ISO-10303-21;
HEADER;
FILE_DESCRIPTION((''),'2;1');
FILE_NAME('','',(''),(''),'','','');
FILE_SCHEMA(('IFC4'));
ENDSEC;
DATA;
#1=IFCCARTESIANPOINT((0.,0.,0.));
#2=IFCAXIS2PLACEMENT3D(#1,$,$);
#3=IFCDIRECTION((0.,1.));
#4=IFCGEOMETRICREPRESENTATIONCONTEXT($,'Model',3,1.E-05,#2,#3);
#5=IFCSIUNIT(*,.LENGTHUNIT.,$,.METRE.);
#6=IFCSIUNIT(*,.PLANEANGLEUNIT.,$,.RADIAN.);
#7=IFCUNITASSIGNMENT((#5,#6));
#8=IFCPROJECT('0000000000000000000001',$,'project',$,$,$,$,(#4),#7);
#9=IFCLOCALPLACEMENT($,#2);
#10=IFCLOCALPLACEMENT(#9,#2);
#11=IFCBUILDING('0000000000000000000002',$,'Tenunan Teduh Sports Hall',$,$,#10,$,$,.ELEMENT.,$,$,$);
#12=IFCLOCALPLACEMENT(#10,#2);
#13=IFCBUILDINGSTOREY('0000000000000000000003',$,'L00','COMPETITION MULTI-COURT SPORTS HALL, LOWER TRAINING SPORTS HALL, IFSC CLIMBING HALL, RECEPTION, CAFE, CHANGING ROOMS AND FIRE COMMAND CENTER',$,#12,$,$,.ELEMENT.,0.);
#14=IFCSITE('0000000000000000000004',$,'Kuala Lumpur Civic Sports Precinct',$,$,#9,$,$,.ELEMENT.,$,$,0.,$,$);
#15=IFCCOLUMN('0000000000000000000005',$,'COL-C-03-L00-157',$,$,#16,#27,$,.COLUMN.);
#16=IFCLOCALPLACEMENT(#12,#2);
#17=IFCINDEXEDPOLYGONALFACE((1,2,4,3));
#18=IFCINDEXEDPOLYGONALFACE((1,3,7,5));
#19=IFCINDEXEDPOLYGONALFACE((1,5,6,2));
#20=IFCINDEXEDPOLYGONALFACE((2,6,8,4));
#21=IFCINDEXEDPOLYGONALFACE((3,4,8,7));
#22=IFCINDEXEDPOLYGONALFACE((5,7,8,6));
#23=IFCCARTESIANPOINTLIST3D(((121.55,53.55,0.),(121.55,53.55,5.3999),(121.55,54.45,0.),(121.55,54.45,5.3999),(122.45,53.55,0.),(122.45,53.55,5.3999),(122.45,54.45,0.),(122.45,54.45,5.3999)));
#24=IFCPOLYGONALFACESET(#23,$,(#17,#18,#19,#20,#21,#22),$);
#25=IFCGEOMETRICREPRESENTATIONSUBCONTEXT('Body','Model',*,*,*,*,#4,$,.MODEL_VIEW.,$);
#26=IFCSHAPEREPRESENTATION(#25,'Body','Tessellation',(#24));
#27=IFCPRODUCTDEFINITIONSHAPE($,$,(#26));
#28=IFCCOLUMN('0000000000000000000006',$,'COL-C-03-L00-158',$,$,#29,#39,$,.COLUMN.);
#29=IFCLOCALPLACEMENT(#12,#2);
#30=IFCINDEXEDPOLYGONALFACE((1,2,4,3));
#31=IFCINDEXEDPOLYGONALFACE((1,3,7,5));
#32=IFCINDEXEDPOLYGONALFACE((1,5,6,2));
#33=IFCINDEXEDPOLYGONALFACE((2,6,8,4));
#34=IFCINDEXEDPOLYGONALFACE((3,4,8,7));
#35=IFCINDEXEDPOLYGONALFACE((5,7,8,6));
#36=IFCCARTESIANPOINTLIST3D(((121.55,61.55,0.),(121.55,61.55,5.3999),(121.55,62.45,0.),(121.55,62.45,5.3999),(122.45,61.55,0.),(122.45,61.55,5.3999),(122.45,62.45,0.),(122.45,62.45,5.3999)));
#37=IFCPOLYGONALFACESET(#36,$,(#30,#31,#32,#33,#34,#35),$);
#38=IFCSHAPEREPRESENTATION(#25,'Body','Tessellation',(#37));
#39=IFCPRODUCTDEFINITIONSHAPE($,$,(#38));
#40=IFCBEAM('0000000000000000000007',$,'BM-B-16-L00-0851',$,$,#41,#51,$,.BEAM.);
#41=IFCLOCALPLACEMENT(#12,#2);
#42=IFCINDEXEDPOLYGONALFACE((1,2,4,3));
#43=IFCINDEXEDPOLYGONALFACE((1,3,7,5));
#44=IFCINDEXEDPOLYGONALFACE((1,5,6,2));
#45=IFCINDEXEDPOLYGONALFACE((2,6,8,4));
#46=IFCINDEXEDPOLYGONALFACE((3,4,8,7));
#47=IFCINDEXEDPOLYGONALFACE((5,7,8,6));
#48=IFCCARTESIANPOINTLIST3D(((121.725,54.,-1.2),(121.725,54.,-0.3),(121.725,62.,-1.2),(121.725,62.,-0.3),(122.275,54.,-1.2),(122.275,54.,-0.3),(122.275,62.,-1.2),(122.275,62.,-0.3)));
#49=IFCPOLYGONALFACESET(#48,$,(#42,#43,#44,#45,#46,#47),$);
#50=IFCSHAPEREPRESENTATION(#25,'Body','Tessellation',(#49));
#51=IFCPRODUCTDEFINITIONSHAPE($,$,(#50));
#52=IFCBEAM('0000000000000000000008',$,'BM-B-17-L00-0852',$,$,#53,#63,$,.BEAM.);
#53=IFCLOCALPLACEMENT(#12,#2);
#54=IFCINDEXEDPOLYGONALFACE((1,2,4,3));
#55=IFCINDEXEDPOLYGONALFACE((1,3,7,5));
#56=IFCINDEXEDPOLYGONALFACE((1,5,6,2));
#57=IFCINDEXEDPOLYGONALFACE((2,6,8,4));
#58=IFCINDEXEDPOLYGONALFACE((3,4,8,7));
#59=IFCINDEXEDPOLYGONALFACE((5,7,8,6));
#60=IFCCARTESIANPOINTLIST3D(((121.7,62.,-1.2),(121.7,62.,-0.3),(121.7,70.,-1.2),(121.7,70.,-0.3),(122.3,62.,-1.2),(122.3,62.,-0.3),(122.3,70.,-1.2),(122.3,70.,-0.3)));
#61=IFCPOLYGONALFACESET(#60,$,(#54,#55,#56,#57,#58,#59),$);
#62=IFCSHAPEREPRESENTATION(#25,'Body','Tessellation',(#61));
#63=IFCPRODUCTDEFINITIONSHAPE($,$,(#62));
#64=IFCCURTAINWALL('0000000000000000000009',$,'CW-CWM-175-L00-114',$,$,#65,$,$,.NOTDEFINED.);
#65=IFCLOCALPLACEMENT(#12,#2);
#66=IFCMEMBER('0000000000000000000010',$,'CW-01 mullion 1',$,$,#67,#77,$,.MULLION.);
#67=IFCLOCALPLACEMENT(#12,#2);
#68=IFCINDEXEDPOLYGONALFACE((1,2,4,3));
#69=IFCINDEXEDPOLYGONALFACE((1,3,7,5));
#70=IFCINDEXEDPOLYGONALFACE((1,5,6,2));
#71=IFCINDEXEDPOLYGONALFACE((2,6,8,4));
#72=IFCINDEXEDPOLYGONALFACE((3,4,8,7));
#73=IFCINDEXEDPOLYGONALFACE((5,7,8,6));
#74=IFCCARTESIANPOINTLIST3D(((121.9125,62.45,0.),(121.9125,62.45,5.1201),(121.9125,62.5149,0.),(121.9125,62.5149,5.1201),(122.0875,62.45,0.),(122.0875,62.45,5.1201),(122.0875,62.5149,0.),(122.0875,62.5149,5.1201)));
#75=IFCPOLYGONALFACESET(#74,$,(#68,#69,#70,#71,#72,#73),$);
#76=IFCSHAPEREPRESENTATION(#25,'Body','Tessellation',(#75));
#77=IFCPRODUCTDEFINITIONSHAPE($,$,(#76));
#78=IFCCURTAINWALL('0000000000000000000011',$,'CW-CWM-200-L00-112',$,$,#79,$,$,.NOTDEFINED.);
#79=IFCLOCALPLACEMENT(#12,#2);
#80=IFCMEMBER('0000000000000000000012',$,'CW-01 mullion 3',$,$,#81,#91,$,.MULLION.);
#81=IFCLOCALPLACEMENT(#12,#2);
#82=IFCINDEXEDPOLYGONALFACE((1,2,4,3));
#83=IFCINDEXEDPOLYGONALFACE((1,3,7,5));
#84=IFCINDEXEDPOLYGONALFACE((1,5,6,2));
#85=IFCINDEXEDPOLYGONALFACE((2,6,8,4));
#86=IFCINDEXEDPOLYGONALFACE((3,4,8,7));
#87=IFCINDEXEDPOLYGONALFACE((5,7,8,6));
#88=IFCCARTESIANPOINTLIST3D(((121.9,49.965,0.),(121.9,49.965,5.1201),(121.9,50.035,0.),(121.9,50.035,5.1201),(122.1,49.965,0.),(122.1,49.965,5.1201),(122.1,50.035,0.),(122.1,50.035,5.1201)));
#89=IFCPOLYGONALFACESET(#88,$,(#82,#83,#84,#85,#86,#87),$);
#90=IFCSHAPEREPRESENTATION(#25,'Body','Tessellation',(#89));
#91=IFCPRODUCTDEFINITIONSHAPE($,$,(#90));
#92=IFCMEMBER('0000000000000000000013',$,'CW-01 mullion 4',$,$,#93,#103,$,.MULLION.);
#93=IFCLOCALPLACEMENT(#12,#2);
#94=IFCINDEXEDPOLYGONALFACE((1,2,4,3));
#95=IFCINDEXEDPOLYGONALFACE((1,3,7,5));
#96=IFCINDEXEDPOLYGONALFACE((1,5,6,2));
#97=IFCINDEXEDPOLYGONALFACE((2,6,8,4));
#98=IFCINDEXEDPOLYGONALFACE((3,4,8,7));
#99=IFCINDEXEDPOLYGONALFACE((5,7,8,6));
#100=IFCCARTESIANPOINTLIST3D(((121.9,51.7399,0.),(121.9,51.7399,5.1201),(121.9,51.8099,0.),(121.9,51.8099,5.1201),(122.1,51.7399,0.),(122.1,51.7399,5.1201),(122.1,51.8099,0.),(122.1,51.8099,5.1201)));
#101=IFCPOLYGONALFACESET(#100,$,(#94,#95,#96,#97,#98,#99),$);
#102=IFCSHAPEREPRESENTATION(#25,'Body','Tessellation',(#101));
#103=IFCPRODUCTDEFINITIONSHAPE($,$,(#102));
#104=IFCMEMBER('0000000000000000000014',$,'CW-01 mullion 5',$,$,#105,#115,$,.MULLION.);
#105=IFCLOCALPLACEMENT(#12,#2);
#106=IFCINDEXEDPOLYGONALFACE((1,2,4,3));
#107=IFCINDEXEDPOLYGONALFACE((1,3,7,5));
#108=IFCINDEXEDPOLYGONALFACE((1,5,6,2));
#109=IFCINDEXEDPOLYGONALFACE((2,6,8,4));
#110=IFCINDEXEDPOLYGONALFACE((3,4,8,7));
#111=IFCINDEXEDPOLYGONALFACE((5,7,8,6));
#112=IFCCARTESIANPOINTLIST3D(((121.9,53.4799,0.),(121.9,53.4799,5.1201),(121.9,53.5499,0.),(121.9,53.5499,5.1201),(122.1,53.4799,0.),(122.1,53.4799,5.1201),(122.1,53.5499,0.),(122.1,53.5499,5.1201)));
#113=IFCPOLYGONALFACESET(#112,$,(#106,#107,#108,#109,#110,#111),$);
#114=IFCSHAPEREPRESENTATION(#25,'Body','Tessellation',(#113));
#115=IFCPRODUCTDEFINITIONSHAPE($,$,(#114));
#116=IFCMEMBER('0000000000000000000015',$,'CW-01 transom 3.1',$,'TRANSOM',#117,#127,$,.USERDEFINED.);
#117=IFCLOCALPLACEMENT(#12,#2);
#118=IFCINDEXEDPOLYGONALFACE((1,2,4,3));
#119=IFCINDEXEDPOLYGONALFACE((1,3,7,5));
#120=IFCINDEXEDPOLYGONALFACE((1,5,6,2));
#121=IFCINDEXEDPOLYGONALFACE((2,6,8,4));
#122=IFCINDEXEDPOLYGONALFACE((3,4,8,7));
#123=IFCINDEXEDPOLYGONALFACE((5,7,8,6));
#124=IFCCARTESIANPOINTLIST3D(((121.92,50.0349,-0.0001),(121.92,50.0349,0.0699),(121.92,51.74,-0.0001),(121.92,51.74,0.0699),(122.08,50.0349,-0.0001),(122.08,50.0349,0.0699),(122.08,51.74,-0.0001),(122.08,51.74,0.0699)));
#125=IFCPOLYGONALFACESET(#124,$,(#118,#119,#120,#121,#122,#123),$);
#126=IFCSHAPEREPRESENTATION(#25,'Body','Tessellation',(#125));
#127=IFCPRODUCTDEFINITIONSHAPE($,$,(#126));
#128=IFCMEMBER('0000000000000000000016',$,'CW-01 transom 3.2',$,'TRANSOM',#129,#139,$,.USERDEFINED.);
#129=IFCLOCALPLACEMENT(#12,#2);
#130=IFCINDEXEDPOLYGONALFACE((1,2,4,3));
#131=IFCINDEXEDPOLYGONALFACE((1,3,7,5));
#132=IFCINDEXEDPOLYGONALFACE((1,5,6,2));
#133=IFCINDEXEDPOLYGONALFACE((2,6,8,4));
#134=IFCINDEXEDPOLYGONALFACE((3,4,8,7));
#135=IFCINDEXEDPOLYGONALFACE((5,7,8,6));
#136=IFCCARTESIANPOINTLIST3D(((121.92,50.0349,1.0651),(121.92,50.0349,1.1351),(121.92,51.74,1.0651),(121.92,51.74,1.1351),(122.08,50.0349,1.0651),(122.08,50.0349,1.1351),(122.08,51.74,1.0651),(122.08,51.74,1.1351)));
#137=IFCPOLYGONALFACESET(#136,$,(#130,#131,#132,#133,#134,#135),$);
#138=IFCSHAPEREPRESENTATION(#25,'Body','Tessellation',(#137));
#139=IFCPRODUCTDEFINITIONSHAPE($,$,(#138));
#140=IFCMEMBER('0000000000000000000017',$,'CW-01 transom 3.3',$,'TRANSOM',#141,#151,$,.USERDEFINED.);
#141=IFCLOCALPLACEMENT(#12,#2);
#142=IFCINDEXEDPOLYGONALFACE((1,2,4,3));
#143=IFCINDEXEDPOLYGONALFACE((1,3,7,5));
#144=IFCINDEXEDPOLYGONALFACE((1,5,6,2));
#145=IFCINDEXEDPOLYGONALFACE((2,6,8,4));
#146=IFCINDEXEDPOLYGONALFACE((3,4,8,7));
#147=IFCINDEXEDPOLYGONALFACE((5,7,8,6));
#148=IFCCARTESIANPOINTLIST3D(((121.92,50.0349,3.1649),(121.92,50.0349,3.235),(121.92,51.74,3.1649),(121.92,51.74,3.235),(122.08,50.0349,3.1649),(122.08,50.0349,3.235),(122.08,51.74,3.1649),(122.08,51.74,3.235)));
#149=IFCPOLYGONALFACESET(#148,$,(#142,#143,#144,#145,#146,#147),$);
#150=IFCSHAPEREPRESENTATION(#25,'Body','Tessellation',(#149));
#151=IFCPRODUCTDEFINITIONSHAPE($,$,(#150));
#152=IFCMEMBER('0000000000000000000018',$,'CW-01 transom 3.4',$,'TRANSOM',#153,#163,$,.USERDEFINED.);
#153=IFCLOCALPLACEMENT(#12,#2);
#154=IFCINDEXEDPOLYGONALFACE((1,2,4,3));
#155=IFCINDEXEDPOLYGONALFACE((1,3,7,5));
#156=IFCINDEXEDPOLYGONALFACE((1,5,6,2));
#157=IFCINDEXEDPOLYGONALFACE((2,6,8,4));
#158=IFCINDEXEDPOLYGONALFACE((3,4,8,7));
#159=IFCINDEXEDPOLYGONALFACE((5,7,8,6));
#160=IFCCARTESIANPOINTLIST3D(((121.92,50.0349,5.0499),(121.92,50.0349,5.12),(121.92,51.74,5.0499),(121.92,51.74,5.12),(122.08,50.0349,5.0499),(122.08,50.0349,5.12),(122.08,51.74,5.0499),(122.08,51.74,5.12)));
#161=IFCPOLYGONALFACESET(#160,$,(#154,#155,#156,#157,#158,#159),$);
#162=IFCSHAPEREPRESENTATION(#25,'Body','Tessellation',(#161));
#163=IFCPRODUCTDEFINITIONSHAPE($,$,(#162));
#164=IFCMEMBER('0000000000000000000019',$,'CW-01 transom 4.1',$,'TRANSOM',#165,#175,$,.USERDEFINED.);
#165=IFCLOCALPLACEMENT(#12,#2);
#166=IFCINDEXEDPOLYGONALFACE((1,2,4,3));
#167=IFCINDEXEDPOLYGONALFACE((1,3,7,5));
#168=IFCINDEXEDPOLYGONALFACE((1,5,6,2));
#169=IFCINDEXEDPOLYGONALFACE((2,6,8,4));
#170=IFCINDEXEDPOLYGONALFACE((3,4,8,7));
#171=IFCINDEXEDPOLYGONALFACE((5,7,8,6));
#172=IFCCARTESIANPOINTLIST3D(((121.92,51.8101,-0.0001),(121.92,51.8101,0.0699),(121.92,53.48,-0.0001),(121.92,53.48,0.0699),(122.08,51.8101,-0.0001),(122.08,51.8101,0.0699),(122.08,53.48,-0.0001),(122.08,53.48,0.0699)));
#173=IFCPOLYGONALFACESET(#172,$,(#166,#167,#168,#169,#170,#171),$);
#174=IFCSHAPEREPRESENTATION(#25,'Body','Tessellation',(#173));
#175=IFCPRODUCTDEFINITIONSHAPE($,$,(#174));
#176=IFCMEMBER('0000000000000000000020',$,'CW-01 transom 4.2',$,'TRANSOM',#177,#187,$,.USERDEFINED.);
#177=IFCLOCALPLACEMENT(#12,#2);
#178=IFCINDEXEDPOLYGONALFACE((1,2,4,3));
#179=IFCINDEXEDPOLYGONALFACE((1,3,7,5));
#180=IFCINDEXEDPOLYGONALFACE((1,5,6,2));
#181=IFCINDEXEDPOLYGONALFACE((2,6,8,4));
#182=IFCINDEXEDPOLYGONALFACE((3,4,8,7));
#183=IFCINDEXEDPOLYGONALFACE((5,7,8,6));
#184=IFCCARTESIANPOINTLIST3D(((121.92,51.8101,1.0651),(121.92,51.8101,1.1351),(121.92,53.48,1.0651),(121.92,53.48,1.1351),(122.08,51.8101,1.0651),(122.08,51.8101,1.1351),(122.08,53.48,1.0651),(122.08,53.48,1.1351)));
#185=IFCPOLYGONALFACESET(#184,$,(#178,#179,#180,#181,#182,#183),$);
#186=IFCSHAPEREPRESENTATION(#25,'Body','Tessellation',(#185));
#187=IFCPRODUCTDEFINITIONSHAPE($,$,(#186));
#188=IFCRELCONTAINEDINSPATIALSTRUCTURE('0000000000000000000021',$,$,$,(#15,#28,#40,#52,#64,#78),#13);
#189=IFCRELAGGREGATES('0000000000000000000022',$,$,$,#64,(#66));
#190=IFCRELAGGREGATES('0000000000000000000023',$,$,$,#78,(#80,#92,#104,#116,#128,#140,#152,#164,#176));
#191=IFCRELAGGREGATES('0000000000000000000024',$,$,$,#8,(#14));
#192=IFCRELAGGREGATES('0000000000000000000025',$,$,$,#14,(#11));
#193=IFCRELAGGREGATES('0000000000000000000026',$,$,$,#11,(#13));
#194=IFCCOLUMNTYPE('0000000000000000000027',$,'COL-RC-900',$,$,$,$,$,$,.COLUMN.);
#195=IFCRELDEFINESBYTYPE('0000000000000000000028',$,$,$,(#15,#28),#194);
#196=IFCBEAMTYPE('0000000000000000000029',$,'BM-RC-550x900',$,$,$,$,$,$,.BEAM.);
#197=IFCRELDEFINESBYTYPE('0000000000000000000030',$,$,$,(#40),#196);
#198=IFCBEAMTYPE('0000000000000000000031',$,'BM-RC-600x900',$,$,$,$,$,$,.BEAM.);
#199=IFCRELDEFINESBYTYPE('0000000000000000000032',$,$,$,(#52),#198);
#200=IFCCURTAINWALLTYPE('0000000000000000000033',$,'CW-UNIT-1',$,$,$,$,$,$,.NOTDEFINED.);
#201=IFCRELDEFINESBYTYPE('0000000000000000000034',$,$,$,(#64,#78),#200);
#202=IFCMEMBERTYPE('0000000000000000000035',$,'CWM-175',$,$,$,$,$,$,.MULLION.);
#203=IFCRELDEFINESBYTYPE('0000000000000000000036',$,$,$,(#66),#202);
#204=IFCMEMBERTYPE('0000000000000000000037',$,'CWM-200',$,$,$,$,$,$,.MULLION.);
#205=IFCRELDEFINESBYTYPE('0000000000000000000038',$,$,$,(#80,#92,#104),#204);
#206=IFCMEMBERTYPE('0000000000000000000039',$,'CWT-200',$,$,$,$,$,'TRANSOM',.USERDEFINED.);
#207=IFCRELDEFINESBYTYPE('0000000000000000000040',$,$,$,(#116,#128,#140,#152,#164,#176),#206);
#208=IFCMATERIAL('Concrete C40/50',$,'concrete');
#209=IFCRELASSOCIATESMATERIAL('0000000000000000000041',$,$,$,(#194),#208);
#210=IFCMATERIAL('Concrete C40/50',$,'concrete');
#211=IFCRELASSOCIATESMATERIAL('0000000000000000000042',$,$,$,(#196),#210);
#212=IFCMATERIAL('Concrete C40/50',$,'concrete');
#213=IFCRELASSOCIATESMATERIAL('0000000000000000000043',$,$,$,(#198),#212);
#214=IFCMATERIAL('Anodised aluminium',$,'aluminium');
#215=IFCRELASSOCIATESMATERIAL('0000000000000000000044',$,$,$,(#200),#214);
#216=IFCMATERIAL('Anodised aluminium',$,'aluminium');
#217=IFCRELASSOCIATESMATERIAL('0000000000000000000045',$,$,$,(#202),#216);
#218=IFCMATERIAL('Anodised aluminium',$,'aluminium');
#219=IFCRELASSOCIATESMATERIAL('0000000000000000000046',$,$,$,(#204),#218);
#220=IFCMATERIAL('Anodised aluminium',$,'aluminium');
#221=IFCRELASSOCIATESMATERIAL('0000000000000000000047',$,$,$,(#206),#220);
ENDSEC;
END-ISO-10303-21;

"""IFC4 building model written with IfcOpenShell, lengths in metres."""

from ifc_helpers import new_model, si_unit, direction, frame, origin, origin_2d, place, context, subcontext, project, spatial, rectangle, extrude, material, material_profile, profile_set, type_object, element, aggregate, save


model = new_model("IFC4")

# Units and contexts
model_context = context("Model", 3, precision=1e-05, world=origin(), true_north=direction((0.0, 1.0)))
body_context = subcontext(model_context, "Body", "Model", "MODEL_VIEW")
ifc_project = project(units=[si_unit("LENGTHUNIT", "METRE"), si_unit("PLANEANGLEUNIT", "RADIAN")], contexts=[model_context])

# Site, building, storey
site_placement = place(None, origin())
site = spatial("IfcSite", under=ifc_project, at=site_placement, Name="Kuala Lumpur Civic Sports Precinct", CompositionType="ELEMENT", RefElevation=0.0)
building_placement = place(site_placement, origin())
building = spatial("IfcBuilding", under=site, at=building_placement, Name="Tenunan Teduh Sports Hall", CompositionType="ELEMENT")
storey_placement = place(building_placement, origin())
storey = spatial("IfcBuildingStorey", under=building, at=storey_placement, Name="L00", Description="COMPETITION MULTI-COURT SPORTS HALL, LOWER TRAINING SPORTS HALL, IFSC CLIMBING HALL, RECEPTION, CAFE, CHANGING ROOMS AND FIRE COMMAND CENTER", CompositionType="ELEMENT", Elevation=0.0)

# Columns
ifc_material_1 = material(Name="Concrete C40/50", Category="concrete")
ifc_material_profile_1 = material_profile(ifc_material_1, rectangle(XDim=0.8999, YDim=0.8999, at=origin_2d()), Name="RC 900x900")
ifc_profile_set_1 = profile_set([ifc_material_profile_1], Name="Concrete C40/50")
column_type = type_object("IfcColumnType", Name="COL-RC-900", PredefinedType="COLUMN", material=ifc_profile_set_1)
for number, where, z_axis, x_axis, name in (
    (1, (122.0, 54.0, 0.0), (0.0, 0.0, 1.0), (1.0, 0.0, 0.0), "COL-C-03-L00-157"),
    (2, (122.0, 62.0, 0.0), (0.0, 0.0, 1.0), (1.0, 0.0, 0.0), "COL-C-03-L00-158"),
):
    element("IfcColumn", number, at=place(storey_placement, frame(where, z_axis=z_axis, x_axis=x_axis)), inside=storey, type_object=column_type, Name=name, PredefinedType="COLUMN", context=body_context, shape_type="SweptSolid", body=[
        extrude(rectangle(XDim=0.8999, YDim=0.8999, at=origin_2d()), origin(), (0.0, 0.0, 1.0), 5.3999),
    ])

# Beams
ifc_material_2 = material(Name="Concrete C40/50", Category="concrete")
ifc_material_profile_2 = material_profile(ifc_material_2, rectangle(XDim=0.55, YDim=0.8999, at=origin_2d()), Name="RCB 550x900")
ifc_profile_set_2 = profile_set([ifc_material_profile_2], Name="Concrete C40/50")
beam_type_1 = type_object("IfcBeamType", Name="BM-RC-550x900", PredefinedType="BEAM", material=ifc_profile_set_2)
beam_1_placement = place(storey_placement, frame((122.0, 54.0, -0.75), z_axis=(0.0, 1.0, 0.0), x_axis=(-1.0, 0.0, 0.0)))
element("IfcBeam", 3, at=beam_1_placement, inside=storey, type_object=beam_type_1, Name="BM-B-16-L00-0851", PredefinedType="BEAM", context=body_context, shape_type="SweptSolid", body=[
    extrude(rectangle(XDim=0.55, YDim=0.8999, at=origin_2d()), origin(), (0.0, 0.0, 1.0), 8.0),
])
ifc_material_3 = material(Name="Concrete C40/50", Category="concrete")
ifc_material_profile_3 = material_profile(ifc_material_3, rectangle(XDim=0.6001, YDim=0.8999, at=origin_2d()), Name="RCB 600x900")
ifc_profile_set_3 = profile_set([ifc_material_profile_3], Name="Concrete C40/50")
beam_type_2 = type_object("IfcBeamType", Name="BM-RC-600x900", PredefinedType="BEAM", material=ifc_profile_set_3)
beam_2_placement = place(storey_placement, frame((122.0, 62.0, -0.75), z_axis=(0.0, 1.0, 0.0), x_axis=(-1.0, 0.0, 0.0)))
element("IfcBeam", 4, at=beam_2_placement, inside=storey, type_object=beam_type_2, Name="BM-B-17-L00-0852", PredefinedType="BEAM", context=body_context, shape_type="SweptSolid", body=[
    extrude(rectangle(XDim=0.6001, YDim=0.8999, at=origin_2d()), origin(), (0.0, 0.0, 1.0), 8.0),
])

# Curtain wall, member
ifc_material_4 = material(Name="Anodised aluminium", Category="aluminium")
curtain_wall_type = type_object("IfcCurtainWallType", Name="CW-UNIT-1", PredefinedType="NOTDEFINED", material=ifc_material_4)
curtain_wall_1_placement = place(storey_placement, origin())
curtain_wall_1 = element("IfcCurtainWall", 5, at=curtain_wall_1_placement, inside=storey, type_object=curtain_wall_type, Name="CW-CWM-175-L00-114", PredefinedType="NOTDEFINED")
ifc_material_5 = material(Name="Anodised aluminium", Category="aluminium")
ifc_material_profile_4 = material_profile(ifc_material_5, rectangle(XDim=0.0649, YDim=0.175, at=origin_2d()), Name="CWM 65x175")
ifc_profile_set_4 = profile_set([ifc_material_profile_4], Name="Anodised aluminium")
member_type_1 = type_object("IfcMemberType", Name="CWM-175", PredefinedType="MULLION", material=ifc_profile_set_4)
member_1_placement = place(storey_placement, frame((122.0, 62.4824, 0.0), z_axis=(0.0, 0.0, 1.0), x_axis=(0.0, 1.0, 0.0)))
member_1 = element("IfcMember", 6, at=member_1_placement, type_object=member_type_1, Name="CW-01 mullion 1", PredefinedType="MULLION", context=body_context, shape_type="SweptSolid", body=[
    extrude(rectangle(XDim=0.0649, YDim=0.175, at=origin_2d()), origin(), (0.0, 0.0, 1.0), 5.1201),
])
aggregate(curtain_wall_1, [member_1])

# Curtain wall, members
curtain_wall_2_placement = place(storey_placement, origin())
curtain_wall_2 = element("IfcCurtainWall", 7, at=curtain_wall_2_placement, inside=storey, type_object=curtain_wall_type, Name="CW-CWM-200-L00-112", PredefinedType="NOTDEFINED")
ifc_material_6 = material(Name="Anodised aluminium", Category="aluminium")
ifc_material_profile_5 = material_profile(ifc_material_6, rectangle(XDim=0.0701, YDim=0.2, at=origin_2d()), Name="CWM 70x200")
ifc_profile_set_5 = profile_set([ifc_material_profile_5], Name="Anodised aluminium")
member_type_2 = type_object("IfcMemberType", Name="CWM-200", PredefinedType="MULLION", material=ifc_profile_set_5)
member_2_placement = place(storey_placement, frame((122.0, 50.0, 0.0), z_axis=(0.0, 0.0, 1.0), x_axis=(0.0, 1.0, 0.0)))
member_2 = element("IfcMember", 8, at=member_2_placement, type_object=member_type_2, Name="CW-01 mullion 3", PredefinedType="MULLION", context=body_context, shape_type="SweptSolid", body=[
    extrude(rectangle(XDim=0.0701, YDim=0.2, at=origin_2d()), origin(), (0.0, 0.0, 1.0), 5.1201),
])
member_3_placement = place(storey_placement, frame((122.0, 51.7749, 0.0), z_axis=(0.0, 0.0, 1.0), x_axis=(0.0, 1.0, 0.0)))
member_3 = element("IfcMember", 9, at=member_3_placement, type_object=member_type_2, Name="CW-01 mullion 4", PredefinedType="MULLION", context=body_context, shape_type="SweptSolid", body=[
    extrude(rectangle(XDim=0.0701, YDim=0.2, at=origin_2d()), origin(), (0.0, 0.0, 1.0), 5.1201),
])
member_4_placement = place(storey_placement, frame((122.0, 53.5149, 0.0), z_axis=(0.0, 0.0, 1.0), x_axis=(0.0, 1.0, 0.0)))
member_4 = element("IfcMember", 10, at=member_4_placement, type_object=member_type_2, Name="CW-01 mullion 5", PredefinedType="MULLION", context=body_context, shape_type="SweptSolid", body=[
    extrude(rectangle(XDim=0.0701, YDim=0.2, at=origin_2d()), origin(), (0.0, 0.0, 1.0), 5.1201),
])
ifc_material_7 = material(Name="Anodised aluminium", Category="aluminium")
ifc_material_profile_6 = material_profile(ifc_material_7, rectangle(XDim=0.0701, YDim=0.1599, at=origin_2d()), Name="CWT 70x160")
ifc_profile_set_6 = profile_set([ifc_material_profile_6], Name="Anodised aluminium")
member_type_3 = type_object("IfcMemberType", Name="CWT-200", ElementType="TRANSOM", PredefinedType="USERDEFINED", material=ifc_profile_set_6)
member_5_placement = place(storey_placement, frame((122.0, 50.0349, 0.0349), z_axis=(0.0, 1.0, 0.0), x_axis=(0.0, 0.0, 1.0)))
member_5 = element("IfcMember", 11, at=member_5_placement, type_object=member_type_3, Name="CW-01 transom 3.1", ObjectType="TRANSOM", PredefinedType="USERDEFINED", context=body_context, shape_type="SweptSolid", body=[
    extrude(rectangle(XDim=0.0701, YDim=0.1599, at=origin_2d()), origin(), (0.0, 0.0, 1.0), 1.7051),
])
member_6_placement = place(storey_placement, frame((122.0, 50.0349, 1.1001), z_axis=(0.0, 1.0, 0.0), x_axis=(0.0, 0.0, 1.0)))
member_6 = element("IfcMember", 12, at=member_6_placement, type_object=member_type_3, Name="CW-01 transom 3.2", ObjectType="TRANSOM", PredefinedType="USERDEFINED", context=body_context, shape_type="SweptSolid", body=[
    extrude(rectangle(XDim=0.0701, YDim=0.1599, at=origin_2d()), origin(), (0.0, 0.0, 1.0), 1.7051),
])
member_7_placement = place(storey_placement, frame((122.0, 50.0349, 3.2), z_axis=(0.0, 1.0, 0.0), x_axis=(0.0, 0.0, 1.0)))
member_7 = element("IfcMember", 13, at=member_7_placement, type_object=member_type_3, Name="CW-01 transom 3.3", ObjectType="TRANSOM", PredefinedType="USERDEFINED", context=body_context, shape_type="SweptSolid", body=[
    extrude(rectangle(XDim=0.0701, YDim=0.1599, at=origin_2d()), origin(), (0.0, 0.0, 1.0), 1.7051),
])
member_8_placement = place(storey_placement, frame((122.0, 50.0349, 5.085), z_axis=(0.0, 1.0, 0.0), x_axis=(0.0, 0.0, 1.0)))
member_8 = element("IfcMember", 14, at=member_8_placement, type_object=member_type_3, Name="CW-01 transom 3.4", ObjectType="TRANSOM", PredefinedType="USERDEFINED", context=body_context, shape_type="SweptSolid", body=[
    extrude(rectangle(XDim=0.0701, YDim=0.1599, at=origin_2d()), origin(), (0.0, 0.0, 1.0), 1.7051),
])
member_9_placement = place(storey_placement, frame((122.0, 51.8101, 0.0349), z_axis=(0.0, 1.0, 0.0), x_axis=(0.0, 0.0, 1.0)))
member_9 = element("IfcMember", 15, at=member_9_placement, type_object=member_type_3, Name="CW-01 transom 4.1", ObjectType="TRANSOM", PredefinedType="USERDEFINED", context=body_context, shape_type="SweptSolid", body=[
    extrude(rectangle(XDim=0.0701, YDim=0.1599, at=origin_2d()), origin(), (0.0, 0.0, 1.0), 1.6699),
])
member_10_placement = place(storey_placement, frame((122.0, 51.8101, 1.1001), z_axis=(0.0, 1.0, 0.0), x_axis=(0.0, 0.0, 1.0)))
member_10 = element("IfcMember", 16, at=member_10_placement, type_object=member_type_3, Name="CW-01 transom 4.2", ObjectType="TRANSOM", PredefinedType="USERDEFINED", context=body_context, shape_type="SweptSolid", body=[
    extrude(rectangle(XDim=0.0701, YDim=0.1599, at=origin_2d()), origin(), (0.0, 0.0, 1.0), 1.6699),
])
aggregate(curtain_wall_2, [member_2, member_3, member_4, member_5, member_6, member_7, member_8, member_9, member_10])

save(model, "model.ifc")
